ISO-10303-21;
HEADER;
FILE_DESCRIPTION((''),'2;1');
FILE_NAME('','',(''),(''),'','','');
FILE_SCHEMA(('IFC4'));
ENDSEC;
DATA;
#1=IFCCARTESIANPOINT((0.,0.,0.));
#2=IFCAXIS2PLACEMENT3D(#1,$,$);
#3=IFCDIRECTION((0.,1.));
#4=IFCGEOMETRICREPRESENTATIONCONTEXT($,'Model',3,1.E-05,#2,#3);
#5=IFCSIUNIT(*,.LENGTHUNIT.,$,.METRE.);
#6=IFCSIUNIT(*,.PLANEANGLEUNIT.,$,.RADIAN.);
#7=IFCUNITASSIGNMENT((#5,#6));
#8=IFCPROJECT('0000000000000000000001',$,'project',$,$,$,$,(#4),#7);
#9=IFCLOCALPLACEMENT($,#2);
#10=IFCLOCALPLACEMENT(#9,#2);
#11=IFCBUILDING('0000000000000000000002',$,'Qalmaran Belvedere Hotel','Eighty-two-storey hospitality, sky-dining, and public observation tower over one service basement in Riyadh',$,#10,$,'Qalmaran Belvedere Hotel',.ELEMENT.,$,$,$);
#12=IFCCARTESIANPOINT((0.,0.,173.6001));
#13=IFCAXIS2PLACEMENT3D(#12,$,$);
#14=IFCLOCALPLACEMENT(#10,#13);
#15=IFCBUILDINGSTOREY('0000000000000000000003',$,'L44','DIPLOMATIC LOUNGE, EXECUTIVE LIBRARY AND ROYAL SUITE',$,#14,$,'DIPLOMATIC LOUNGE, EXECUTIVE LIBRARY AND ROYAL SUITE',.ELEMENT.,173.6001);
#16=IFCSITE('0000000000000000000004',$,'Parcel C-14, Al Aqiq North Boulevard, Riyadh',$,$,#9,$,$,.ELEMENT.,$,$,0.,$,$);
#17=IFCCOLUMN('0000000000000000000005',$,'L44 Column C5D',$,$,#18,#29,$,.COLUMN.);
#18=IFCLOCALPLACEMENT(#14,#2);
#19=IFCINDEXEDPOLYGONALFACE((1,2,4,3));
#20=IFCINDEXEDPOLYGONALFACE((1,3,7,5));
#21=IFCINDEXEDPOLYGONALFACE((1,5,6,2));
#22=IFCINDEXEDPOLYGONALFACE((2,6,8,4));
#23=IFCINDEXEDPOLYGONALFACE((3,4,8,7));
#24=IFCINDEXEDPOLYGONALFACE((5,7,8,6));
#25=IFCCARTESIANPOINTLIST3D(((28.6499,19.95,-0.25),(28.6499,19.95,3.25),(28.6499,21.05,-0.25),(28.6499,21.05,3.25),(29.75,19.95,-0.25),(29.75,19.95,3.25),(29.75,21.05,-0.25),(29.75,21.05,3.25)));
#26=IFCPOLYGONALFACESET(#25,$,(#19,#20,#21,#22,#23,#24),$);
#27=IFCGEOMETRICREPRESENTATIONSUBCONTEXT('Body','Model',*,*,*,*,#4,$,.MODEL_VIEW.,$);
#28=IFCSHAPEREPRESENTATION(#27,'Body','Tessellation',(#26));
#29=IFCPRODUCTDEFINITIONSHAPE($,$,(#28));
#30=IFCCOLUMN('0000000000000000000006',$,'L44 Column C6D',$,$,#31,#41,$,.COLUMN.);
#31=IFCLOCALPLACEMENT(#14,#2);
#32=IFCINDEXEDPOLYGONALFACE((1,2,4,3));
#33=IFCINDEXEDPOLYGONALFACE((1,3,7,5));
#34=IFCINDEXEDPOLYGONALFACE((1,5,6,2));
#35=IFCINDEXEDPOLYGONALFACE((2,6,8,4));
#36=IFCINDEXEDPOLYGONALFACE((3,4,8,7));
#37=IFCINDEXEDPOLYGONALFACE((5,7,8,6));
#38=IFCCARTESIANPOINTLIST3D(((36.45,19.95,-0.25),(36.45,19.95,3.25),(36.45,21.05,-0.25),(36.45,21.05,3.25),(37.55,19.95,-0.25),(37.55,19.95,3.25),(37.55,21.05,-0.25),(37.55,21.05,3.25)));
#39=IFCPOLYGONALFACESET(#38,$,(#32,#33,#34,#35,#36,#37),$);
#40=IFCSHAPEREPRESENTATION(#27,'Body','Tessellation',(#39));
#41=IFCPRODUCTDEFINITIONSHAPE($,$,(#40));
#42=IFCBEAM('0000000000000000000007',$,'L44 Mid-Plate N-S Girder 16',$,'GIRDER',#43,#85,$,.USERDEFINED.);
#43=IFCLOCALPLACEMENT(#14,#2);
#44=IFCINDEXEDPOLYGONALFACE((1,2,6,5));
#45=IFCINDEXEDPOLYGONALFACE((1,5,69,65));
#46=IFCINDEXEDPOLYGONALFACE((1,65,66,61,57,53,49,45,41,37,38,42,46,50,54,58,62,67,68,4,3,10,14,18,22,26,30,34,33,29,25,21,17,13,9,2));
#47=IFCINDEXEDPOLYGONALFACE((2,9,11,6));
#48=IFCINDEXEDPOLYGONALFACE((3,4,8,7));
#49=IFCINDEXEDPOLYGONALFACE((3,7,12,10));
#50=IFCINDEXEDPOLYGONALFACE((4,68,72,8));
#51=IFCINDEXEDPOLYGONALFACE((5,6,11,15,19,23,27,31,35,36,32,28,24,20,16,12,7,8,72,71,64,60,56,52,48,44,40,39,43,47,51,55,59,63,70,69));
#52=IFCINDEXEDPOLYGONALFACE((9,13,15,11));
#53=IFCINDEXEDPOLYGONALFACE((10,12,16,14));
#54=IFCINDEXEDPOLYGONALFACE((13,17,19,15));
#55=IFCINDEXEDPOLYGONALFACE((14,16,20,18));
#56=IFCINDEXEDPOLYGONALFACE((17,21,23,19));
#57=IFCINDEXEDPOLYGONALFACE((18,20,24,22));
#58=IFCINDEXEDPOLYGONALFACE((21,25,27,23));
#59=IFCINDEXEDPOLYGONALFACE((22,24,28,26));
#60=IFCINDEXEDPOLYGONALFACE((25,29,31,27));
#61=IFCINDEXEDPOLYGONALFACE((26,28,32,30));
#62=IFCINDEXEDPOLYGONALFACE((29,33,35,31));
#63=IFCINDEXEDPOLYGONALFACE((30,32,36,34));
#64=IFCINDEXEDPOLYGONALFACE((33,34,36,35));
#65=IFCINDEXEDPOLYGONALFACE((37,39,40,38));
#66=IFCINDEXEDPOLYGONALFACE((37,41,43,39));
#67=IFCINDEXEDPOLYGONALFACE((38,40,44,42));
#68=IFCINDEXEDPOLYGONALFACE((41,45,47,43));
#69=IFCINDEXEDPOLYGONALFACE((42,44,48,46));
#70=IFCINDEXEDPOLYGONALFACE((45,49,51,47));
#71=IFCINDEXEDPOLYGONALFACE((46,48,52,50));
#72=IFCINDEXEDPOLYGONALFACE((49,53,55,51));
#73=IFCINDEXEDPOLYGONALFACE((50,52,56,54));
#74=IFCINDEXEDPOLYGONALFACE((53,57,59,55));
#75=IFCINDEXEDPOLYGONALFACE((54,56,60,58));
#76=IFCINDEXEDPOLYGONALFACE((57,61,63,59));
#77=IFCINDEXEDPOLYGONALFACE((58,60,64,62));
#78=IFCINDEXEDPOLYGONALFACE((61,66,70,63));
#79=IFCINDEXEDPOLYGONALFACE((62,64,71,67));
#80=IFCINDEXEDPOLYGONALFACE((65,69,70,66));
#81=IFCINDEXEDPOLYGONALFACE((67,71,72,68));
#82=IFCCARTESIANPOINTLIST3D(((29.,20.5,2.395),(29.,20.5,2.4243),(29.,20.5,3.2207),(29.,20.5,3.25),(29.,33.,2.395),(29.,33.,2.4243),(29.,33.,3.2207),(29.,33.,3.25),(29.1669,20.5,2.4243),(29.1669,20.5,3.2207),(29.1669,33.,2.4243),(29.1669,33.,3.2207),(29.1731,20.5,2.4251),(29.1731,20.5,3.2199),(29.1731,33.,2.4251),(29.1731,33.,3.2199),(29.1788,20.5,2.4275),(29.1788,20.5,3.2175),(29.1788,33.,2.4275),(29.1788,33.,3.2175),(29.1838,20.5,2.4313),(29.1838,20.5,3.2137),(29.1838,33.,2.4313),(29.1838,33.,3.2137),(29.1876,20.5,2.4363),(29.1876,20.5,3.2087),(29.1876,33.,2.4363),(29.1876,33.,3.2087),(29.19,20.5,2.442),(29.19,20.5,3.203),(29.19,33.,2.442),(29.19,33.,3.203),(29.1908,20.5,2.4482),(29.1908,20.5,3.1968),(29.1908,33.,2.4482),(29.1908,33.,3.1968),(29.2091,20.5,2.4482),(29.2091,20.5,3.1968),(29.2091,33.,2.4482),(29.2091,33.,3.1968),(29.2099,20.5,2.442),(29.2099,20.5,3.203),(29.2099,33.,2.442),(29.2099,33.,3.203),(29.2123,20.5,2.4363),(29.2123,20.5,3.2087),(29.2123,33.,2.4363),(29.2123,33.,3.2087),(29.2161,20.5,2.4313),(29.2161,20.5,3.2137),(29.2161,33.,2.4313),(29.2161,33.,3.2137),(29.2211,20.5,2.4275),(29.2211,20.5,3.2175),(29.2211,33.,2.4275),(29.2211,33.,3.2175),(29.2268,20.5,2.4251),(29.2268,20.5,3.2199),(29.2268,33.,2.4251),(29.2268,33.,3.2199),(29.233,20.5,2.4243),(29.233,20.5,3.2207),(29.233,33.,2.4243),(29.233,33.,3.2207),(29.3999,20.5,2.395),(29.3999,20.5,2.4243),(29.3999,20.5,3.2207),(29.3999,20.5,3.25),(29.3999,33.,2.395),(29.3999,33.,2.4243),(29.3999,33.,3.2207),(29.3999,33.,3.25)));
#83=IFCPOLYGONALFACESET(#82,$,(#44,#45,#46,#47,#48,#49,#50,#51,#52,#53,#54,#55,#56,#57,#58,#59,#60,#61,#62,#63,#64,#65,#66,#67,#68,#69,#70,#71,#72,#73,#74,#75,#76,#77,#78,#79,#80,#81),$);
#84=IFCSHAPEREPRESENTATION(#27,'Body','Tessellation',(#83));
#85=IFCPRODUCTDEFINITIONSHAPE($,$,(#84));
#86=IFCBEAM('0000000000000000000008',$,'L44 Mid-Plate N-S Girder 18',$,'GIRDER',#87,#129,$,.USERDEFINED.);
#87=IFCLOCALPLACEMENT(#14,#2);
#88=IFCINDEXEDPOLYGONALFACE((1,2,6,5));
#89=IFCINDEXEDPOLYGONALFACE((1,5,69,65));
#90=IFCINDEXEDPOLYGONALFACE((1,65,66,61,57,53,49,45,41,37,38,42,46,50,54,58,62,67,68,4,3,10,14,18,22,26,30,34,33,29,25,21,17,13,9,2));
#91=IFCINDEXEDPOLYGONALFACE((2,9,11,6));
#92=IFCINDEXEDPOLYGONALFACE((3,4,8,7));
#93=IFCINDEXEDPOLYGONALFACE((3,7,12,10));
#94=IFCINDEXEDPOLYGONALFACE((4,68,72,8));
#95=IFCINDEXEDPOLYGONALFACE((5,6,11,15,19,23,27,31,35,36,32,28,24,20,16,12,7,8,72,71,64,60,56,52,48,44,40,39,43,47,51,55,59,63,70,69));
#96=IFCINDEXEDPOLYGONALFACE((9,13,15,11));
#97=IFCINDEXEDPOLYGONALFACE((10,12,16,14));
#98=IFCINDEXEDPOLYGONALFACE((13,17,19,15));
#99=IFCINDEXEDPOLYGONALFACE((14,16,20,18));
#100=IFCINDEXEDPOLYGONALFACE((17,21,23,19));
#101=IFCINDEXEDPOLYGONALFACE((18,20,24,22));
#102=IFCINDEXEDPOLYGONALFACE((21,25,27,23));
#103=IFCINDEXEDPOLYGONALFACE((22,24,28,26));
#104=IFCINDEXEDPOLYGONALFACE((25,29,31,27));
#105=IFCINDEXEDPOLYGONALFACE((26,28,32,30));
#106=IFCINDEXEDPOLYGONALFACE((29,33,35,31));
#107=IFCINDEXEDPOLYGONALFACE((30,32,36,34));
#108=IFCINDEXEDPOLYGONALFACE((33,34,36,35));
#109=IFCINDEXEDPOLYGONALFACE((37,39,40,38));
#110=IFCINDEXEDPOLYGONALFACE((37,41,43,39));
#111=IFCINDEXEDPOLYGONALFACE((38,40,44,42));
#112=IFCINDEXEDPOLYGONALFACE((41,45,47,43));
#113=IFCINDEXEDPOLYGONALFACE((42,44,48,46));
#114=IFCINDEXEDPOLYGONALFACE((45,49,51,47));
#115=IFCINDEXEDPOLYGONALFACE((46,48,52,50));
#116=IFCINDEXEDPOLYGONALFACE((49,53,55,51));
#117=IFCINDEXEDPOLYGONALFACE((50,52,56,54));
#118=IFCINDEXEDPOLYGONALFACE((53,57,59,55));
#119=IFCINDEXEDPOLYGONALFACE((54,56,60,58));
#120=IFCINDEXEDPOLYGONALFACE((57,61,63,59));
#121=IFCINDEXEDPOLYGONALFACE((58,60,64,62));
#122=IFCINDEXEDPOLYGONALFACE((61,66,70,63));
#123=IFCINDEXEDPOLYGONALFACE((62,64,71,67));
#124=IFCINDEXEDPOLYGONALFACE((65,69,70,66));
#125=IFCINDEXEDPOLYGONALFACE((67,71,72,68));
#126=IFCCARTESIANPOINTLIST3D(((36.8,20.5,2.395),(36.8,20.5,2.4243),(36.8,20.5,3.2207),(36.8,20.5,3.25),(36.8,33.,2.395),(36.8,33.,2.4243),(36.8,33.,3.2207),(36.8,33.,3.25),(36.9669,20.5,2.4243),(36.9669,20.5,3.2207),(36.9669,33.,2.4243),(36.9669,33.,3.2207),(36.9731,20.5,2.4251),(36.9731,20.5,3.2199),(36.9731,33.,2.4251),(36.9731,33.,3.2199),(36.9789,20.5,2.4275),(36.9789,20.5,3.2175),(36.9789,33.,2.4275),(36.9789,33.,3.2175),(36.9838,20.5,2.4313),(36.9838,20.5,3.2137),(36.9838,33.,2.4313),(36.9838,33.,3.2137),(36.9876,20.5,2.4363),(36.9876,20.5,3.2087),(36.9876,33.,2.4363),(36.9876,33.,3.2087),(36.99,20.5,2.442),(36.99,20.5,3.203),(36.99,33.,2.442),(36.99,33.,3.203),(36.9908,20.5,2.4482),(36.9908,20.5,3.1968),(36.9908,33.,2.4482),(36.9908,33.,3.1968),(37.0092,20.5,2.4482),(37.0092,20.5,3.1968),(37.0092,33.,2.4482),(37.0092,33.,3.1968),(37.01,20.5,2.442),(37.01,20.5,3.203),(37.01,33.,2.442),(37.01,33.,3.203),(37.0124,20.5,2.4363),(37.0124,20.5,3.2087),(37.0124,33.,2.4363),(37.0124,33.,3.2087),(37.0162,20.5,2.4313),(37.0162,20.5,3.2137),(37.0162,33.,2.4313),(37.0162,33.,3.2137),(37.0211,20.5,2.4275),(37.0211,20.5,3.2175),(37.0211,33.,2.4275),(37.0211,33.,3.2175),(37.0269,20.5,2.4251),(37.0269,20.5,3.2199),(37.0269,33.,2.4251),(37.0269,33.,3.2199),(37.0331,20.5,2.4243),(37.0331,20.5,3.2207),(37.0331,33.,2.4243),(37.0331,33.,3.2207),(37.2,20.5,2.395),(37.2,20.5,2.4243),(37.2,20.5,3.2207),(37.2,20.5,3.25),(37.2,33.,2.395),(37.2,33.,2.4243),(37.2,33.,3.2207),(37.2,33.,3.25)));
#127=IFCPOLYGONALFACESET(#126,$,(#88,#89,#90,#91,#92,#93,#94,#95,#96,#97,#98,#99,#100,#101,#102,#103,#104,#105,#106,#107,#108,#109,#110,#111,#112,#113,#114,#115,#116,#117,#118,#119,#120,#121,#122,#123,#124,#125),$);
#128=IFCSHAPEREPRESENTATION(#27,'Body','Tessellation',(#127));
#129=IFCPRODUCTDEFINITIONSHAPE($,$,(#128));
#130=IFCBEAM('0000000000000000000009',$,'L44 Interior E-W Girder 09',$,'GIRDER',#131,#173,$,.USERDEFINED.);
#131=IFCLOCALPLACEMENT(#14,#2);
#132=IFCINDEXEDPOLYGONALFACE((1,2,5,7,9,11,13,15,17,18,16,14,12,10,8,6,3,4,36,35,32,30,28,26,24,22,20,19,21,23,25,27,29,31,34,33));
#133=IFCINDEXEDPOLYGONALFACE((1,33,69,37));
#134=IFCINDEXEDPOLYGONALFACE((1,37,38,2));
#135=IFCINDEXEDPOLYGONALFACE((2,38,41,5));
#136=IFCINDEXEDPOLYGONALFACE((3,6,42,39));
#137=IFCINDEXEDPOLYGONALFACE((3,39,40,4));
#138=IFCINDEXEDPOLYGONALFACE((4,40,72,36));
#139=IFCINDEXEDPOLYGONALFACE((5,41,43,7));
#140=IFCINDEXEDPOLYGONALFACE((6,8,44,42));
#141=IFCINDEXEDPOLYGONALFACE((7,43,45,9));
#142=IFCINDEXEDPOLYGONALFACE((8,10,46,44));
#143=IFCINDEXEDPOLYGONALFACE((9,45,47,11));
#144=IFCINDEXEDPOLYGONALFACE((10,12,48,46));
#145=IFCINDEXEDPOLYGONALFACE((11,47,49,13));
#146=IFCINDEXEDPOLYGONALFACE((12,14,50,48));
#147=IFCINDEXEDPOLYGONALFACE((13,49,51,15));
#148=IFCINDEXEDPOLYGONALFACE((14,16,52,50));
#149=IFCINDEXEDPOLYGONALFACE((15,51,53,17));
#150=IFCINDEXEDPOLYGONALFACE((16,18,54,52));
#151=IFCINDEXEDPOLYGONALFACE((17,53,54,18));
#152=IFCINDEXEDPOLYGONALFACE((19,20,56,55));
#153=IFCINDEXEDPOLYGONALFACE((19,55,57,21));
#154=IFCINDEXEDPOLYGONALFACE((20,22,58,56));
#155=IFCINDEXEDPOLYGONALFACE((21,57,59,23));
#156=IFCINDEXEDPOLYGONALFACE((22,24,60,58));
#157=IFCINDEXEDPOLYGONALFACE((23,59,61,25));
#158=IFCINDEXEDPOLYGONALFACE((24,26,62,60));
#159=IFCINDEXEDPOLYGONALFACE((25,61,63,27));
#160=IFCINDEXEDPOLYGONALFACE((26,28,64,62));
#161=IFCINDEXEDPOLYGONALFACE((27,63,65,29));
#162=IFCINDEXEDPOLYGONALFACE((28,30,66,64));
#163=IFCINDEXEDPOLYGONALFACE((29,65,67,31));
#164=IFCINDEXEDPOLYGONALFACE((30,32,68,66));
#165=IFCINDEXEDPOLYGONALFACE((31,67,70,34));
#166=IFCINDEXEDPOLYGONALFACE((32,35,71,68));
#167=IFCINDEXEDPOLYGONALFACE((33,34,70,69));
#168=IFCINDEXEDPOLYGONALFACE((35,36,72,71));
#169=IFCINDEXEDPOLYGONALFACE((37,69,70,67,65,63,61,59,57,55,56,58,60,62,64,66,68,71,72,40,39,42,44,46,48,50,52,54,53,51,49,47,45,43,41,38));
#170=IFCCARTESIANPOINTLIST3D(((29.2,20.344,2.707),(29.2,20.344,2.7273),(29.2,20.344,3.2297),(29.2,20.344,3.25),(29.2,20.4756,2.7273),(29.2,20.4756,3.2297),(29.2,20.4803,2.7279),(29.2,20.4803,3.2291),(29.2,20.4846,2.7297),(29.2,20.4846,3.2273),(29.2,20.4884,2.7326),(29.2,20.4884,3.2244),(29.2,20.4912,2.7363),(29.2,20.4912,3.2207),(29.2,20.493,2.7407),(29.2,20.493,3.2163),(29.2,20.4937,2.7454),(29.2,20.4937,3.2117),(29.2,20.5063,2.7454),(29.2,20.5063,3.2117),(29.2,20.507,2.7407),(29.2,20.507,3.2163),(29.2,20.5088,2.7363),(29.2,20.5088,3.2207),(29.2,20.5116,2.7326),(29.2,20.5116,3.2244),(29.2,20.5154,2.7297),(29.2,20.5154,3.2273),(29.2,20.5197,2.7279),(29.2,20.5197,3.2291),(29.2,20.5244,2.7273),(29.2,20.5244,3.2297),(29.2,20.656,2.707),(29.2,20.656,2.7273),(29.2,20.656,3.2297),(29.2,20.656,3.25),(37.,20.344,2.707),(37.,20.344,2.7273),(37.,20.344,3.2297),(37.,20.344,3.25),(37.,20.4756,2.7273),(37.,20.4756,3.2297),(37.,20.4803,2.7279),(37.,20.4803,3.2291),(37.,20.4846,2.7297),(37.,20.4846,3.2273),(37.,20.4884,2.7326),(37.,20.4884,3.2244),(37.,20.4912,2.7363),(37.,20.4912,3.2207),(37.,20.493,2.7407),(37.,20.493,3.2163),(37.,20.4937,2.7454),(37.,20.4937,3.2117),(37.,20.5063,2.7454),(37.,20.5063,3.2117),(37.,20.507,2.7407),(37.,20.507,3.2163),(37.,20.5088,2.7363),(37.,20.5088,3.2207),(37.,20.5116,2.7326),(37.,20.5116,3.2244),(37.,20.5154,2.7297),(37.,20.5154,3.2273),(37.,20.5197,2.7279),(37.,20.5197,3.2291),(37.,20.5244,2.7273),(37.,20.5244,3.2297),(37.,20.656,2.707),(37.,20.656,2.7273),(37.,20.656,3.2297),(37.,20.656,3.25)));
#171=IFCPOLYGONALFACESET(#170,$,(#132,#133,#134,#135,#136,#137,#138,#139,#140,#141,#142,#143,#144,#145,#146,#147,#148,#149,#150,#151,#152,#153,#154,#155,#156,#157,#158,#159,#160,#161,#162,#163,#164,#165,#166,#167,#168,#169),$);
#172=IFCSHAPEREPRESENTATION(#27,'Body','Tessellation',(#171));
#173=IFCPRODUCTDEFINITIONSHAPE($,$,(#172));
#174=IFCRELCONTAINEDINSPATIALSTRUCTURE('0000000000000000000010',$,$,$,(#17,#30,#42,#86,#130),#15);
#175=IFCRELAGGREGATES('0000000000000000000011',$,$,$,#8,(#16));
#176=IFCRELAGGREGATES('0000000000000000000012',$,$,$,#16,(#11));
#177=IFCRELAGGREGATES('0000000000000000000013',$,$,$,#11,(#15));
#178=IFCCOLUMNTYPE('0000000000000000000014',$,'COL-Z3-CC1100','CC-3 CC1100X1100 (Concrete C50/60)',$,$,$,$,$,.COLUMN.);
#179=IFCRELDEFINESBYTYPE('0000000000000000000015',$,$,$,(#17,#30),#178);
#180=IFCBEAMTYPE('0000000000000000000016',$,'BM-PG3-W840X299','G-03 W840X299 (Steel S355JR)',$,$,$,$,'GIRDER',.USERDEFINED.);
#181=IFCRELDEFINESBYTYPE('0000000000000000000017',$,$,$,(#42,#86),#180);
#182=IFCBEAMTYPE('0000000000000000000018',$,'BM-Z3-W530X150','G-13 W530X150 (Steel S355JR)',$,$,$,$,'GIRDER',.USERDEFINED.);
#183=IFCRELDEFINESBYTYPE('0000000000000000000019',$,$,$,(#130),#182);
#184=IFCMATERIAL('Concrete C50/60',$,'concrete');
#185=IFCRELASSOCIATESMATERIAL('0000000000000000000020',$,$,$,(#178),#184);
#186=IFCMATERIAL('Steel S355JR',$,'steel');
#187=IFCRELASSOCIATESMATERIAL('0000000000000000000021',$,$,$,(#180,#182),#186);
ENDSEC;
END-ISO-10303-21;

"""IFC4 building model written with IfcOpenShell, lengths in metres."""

from ifc_helpers import new_model, si_unit, direction, frame, origin, origin_2d, place, context, subcontext, project, spatial, rectangle, i_section, extrude, material, material_profile, profile_set, type_object, element, save


model = new_model("IFC4")

# Units and contexts
model_context = context("Model", 3, precision=1e-05, world=origin(), true_north=direction((0.0, 1.0)))
body_context = subcontext(model_context, "Body", "Model", "MODEL_VIEW")
ifc_project = project(units=[si_unit("LENGTHUNIT", "METRE"), si_unit("PLANEANGLEUNIT", "RADIAN")], contexts=[model_context])

# Site, building, storey
site_placement = place(None, origin())
site = spatial("IfcSite", under=ifc_project, at=site_placement, Name="Parcel C-14, Al Aqiq North Boulevard, Riyadh", CompositionType="ELEMENT", RefElevation=0.0)
building_placement = place(site_placement, origin())
building = spatial("IfcBuilding", under=site, at=building_placement, Name="Qalmaran Belvedere Hotel", Description="Eighty-two-storey hospitality, sky-dining, and public observation tower over one service basement in Riyadh", LongName="Qalmaran Belvedere Hotel", CompositionType="ELEMENT")
storey_placement = place(building_placement, frame((0.0, 0.0, 173.6001)))
storey = spatial("IfcBuildingStorey", under=building, at=storey_placement, Name="L44", Description="DIPLOMATIC LOUNGE, EXECUTIVE LIBRARY AND ROYAL SUITE", LongName="DIPLOMATIC LOUNGE, EXECUTIVE LIBRARY AND ROYAL SUITE", CompositionType="ELEMENT", Elevation=173.6001)

# Columns
ifc_material_1 = material(Name="Concrete C50/60", Category="concrete")
ifc_material_profile_1 = material_profile(ifc_material_1, rectangle(XDim=1.1001, YDim=1.1001, at=origin_2d()), Name="CC1100X1100")
ifc_profile_set_1 = profile_set([ifc_material_profile_1], Name="Concrete C50/60")
column_type = type_object("IfcColumnType", Name="COL-Z3-CC1100", Description="CC-3 CC1100X1100 (Concrete C50/60)", PredefinedType="COLUMN", material=ifc_profile_set_1)
for number, where, z_axis, x_axis, name in (
    (1, (29.2, 20.5, -0.25), (0.0, 0.0, 1.0), (1.0, 0.0, 0.0), "L44 Column C5D"),
    (2, (37.0, 20.5, -0.25), (0.0, 0.0, 1.0), (1.0, 0.0, 0.0), "L44 Column C6D"),
):
    element("IfcColumn", number, at=place(storey_placement, frame(where, z_axis=z_axis, x_axis=x_axis)), inside=storey, type_object=column_type, Name=name, PredefinedType="COLUMN", context=body_context, shape_type="SweptSolid", body=[
        extrude(rectangle(XDim=1.1001, YDim=1.1001, at=origin_2d()), origin(), (0.0, 0.0, 1.0), 3.5),
    ])

# Beams
ifc_material_2 = material(Name="Steel S355JR", Category="steel")
ifc_material_profile_2 = material_profile(ifc_material_2, i_section(OverallWidth=0.3999, OverallDepth=0.855, WebThickness=0.0183, FlangeThickness=0.0293, FilletRadius=0.0239, at=origin_2d()), Name="W840X299")
ifc_profile_set_2 = profile_set([ifc_material_profile_2], Name="Steel S355JR")
beam_type_1 = type_object("IfcBeamType", Name="BM-PG3-W840X299", Description="G-03 W840X299 (Steel S355JR)", ElementType="GIRDER", PredefinedType="USERDEFINED", material=ifc_profile_set_2)
for number, where, z_axis, x_axis, name in (
    (3, (29.2, 20.5, 2.8225), (0.0, 1.0, 0.0), (-1.0, 0.0, 0.0), "L44 Mid-Plate N-S Girder 16"),
    (4, (37.0, 20.5, 2.8225), (0.0, 1.0, 0.0), (-1.0, 0.0, 0.0), "L44 Mid-Plate N-S Girder 18"),
):
    element("IfcBeam", number, at=place(storey_placement, frame(where, z_axis=z_axis, x_axis=x_axis)), inside=storey, type_object=beam_type_1, Name=name, ObjectType="GIRDER", PredefinedType="USERDEFINED", context=body_context, shape_type="SweptSolid", body=[
        extrude(i_section(OverallWidth=0.3999, OverallDepth=0.855, WebThickness=0.0183, FlangeThickness=0.0293, FilletRadius=0.0239, at=origin_2d()), origin(), (0.0, 0.0, 1.0), 12.5),
    ])
ifc_material_profile_3 = material_profile(ifc_material_2, i_section(OverallWidth=0.312, OverallDepth=0.543, WebThickness=0.0127, FlangeThickness=0.0203, FilletRadius=0.0181, at=origin_2d()), Name="W530X150")
ifc_profile_set_3 = profile_set([ifc_material_profile_3], Name="Steel S355JR")
beam_type_2 = type_object("IfcBeamType", Name="BM-Z3-W530X150", Description="G-13 W530X150 (Steel S355JR)", ElementType="GIRDER", PredefinedType="USERDEFINED", material=ifc_profile_set_3)
for number, where, z_axis, x_axis, name in (
    (5, (29.2, 20.5, 2.9785), (1.0, 0.0, 0.0), (0.0, 1.0, 0.0), "L44 Interior E-W Girder 09"),
):
    element("IfcBeam", number, at=place(storey_placement, frame(where, z_axis=z_axis, x_axis=x_axis)), inside=storey, type_object=beam_type_2, Name=name, ObjectType="GIRDER", PredefinedType="USERDEFINED", context=body_context, shape_type="SweptSolid", body=[
        extrude(i_section(OverallWidth=0.312, OverallDepth=0.543, WebThickness=0.0127, FlangeThickness=0.0203, FilletRadius=0.0181, at=origin_2d()), origin(), (0.0, 0.0, 1.0), 7.8),
    ])

save(model, "model.ifc")
